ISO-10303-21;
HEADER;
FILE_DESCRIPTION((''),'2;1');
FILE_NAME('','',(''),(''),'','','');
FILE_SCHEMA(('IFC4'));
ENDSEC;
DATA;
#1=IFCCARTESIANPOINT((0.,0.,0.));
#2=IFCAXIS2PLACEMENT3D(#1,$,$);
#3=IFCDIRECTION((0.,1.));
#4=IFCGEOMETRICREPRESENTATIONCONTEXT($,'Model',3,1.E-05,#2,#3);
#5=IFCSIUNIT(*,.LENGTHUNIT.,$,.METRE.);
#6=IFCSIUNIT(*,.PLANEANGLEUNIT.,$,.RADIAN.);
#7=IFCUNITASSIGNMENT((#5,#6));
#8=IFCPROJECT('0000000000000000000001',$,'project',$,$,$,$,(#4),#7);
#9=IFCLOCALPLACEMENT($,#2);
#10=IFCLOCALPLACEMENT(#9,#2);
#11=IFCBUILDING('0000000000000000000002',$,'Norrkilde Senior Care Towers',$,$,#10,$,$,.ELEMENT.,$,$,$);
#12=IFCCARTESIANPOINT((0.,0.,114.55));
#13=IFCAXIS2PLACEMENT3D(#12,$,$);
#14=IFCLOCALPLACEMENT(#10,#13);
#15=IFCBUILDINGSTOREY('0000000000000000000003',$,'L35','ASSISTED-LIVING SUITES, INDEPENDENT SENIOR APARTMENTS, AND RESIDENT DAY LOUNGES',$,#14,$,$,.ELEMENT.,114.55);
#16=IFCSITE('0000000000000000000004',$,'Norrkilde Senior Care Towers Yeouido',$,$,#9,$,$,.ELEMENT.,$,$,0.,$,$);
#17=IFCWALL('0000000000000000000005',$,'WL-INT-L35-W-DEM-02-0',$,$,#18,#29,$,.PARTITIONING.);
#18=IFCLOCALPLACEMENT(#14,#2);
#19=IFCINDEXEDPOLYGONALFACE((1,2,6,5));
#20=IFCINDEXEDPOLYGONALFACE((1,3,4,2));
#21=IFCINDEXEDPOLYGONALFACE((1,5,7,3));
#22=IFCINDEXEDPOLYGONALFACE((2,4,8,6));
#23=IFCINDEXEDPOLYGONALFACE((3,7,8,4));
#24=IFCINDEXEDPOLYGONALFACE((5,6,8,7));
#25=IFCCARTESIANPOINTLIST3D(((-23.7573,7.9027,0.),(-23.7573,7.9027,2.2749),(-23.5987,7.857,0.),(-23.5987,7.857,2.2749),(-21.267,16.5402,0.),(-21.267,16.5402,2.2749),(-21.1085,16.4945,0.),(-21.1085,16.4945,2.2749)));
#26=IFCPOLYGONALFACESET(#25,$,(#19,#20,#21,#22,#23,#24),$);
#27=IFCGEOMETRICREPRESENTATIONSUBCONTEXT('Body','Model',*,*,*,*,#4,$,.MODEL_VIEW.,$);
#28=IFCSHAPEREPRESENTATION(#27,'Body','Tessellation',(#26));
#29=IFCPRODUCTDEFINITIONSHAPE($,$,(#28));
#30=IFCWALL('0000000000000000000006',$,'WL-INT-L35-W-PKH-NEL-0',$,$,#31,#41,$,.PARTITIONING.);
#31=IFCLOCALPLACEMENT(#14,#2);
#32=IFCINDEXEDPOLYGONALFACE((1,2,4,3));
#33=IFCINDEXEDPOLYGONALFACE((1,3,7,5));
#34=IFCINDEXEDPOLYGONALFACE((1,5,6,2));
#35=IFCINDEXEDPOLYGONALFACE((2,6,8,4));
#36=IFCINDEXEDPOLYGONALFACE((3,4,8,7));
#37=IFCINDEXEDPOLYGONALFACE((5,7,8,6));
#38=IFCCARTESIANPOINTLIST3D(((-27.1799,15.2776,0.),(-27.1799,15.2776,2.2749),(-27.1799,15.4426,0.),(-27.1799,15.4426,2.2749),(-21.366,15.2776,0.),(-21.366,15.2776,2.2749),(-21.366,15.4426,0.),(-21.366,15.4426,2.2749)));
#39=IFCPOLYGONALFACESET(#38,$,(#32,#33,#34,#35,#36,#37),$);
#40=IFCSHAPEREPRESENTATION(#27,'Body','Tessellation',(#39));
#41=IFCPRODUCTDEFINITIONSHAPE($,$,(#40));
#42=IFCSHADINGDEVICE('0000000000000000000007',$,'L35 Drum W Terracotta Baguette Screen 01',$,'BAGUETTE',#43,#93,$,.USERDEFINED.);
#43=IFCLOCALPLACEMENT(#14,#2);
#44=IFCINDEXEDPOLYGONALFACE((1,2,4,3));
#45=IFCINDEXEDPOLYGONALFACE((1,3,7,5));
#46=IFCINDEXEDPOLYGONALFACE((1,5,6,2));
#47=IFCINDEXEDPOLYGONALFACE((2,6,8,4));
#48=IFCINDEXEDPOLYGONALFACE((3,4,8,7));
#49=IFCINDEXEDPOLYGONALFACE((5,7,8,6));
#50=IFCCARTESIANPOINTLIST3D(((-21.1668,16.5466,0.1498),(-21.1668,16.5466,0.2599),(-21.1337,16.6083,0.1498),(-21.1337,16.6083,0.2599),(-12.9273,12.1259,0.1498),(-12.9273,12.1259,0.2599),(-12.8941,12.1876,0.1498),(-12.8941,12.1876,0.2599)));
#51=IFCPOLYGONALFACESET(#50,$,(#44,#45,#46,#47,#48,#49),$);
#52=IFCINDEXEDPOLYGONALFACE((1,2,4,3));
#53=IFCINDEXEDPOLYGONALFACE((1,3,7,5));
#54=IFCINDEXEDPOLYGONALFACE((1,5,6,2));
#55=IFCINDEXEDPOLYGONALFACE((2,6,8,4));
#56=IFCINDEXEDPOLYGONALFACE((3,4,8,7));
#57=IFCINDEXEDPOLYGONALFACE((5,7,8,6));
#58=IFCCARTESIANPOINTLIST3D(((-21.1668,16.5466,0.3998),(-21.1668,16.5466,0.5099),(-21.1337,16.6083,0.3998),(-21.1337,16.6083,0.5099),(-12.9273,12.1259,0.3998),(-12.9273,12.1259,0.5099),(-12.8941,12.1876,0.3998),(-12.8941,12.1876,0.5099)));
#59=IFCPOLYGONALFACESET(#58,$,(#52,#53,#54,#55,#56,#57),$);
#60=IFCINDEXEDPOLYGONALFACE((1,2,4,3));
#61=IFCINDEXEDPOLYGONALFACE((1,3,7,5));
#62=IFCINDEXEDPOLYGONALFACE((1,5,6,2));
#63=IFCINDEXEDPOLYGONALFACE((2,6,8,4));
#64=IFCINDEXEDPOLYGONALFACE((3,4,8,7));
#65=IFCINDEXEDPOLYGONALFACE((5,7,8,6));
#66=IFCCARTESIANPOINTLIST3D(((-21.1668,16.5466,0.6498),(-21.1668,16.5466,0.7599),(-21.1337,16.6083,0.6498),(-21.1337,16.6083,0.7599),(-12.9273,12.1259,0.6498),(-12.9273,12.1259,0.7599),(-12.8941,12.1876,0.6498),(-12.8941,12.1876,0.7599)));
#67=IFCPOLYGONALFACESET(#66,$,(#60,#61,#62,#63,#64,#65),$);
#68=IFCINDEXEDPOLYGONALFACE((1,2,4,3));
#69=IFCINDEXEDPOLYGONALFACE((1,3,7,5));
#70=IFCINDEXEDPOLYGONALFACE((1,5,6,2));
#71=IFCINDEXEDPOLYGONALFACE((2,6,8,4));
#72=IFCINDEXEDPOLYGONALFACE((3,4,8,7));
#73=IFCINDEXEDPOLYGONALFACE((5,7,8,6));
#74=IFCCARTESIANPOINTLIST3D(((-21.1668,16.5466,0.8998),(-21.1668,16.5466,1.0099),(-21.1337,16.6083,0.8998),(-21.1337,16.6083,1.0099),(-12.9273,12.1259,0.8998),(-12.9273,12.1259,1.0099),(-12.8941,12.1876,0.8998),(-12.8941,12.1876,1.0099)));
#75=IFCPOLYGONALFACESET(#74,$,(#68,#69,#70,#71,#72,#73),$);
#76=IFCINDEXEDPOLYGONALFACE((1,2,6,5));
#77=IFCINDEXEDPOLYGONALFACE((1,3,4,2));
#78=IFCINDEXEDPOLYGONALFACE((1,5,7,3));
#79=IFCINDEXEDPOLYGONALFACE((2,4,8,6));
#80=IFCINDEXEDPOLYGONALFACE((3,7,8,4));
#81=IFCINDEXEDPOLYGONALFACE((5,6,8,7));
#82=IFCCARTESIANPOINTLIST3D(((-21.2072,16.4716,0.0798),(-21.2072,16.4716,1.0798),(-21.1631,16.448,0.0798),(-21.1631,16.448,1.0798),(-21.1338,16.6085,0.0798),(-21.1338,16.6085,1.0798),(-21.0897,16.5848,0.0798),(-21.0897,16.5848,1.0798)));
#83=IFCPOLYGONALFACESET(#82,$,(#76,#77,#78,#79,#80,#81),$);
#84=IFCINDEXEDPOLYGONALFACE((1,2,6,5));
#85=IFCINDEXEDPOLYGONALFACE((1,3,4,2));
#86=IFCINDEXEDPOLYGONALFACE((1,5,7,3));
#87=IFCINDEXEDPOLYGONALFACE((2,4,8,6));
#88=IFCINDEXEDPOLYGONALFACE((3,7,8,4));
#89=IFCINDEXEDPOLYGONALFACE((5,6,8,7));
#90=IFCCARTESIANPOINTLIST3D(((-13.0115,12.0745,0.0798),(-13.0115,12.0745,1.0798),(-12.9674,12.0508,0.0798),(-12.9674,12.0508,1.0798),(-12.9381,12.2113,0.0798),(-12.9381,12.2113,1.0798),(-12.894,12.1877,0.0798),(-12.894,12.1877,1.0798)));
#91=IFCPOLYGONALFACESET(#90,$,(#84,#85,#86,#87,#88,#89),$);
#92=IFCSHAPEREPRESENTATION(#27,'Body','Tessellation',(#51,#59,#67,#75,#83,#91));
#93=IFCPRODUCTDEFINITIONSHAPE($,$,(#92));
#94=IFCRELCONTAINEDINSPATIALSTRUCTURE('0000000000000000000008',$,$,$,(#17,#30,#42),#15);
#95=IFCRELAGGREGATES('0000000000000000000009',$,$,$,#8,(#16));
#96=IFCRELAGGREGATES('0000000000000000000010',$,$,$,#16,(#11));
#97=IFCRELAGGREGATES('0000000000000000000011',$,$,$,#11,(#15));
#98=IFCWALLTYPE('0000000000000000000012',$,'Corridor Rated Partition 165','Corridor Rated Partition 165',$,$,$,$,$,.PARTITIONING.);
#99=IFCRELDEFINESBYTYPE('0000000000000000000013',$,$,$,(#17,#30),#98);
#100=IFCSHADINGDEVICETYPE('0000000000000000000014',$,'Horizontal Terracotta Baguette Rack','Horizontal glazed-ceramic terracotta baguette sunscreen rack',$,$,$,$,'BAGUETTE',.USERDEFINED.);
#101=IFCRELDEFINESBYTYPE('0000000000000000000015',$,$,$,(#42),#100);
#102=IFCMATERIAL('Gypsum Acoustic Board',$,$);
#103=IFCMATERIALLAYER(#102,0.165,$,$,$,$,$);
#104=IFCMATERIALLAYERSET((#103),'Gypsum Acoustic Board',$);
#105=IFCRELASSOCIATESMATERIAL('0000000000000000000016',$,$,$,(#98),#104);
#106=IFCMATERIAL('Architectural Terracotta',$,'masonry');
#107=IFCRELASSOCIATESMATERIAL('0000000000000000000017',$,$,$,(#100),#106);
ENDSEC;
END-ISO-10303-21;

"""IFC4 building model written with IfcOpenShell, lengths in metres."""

from ifc_helpers import new_model, si_unit, direction, frame, frame_2d, origin, origin_2d, place, context, subcontext, project, spatial, rectangle, extrude, source, transform, mapped, material, layer, layer_set, type_object, type_shapes, element, save


model = new_model("IFC4")

# Units and contexts
model_context = context("Model", 3, precision=1e-05, world=origin(), true_north=direction((0.0, 1.0)))
body_context = subcontext(model_context, "Body", "Model", "MODEL_VIEW")
ifc_project = project(units=[si_unit("LENGTHUNIT", "METRE"), si_unit("PLANEANGLEUNIT", "RADIAN")], contexts=[model_context])

# Site, building, storey
site_placement = place(None, origin())
site = spatial("IfcSite", under=ifc_project, at=site_placement, Name="Norrkilde Senior Care Towers Yeouido", CompositionType="ELEMENT", RefElevation=0.0)
building_placement = place(site_placement, origin())
building = spatial("IfcBuilding", under=site, at=building_placement, Name="Norrkilde Senior Care Towers", CompositionType="ELEMENT")
storey_placement = place(building_placement, frame((0.0, 0.0, 114.55)))
storey = spatial("IfcBuildingStorey", under=building, at=storey_placement, Name="L35", Description="ASSISTED-LIVING SUITES, INDEPENDENT SENIOR APARTMENTS, AND RESIDENT DAY LOUNGES", CompositionType="ELEMENT", Elevation=114.55)

# Shared definitions
ifc_material_1 = material(Name="Gypsum Acoustic Board")
ifc_layer_1 = layer(ifc_material_1, 0.165)
ifc_layer_set_1 = layer_set([ifc_layer_1], Name="Gypsum Acoustic Board")
wall_type = type_object("IfcWallType", Name="Corridor Rated Partition 165", Description="Corridor Rated Partition 165", PredefinedType="PARTITIONING", material=ifc_layer_set_1)

# Walls
shared_shape_1 = source(origin(), body_context, "Body", "SweptSolid", [
    extrude(rectangle(XDim=8.9893, YDim=0.165, at=frame_2d((4.4946, 0.0))), origin(), (0.0, 0.0, 1.0), 2.2749),
])
wall_1_placement = place(storey_placement, frame((-23.678, 7.8799, 0.0), z_axis=(0.0, 0.0, 1.0), x_axis=(0.277023, 0.960863, 0.0)))
element("IfcWall", 1, at=wall_1_placement, inside=storey, type_object=wall_type, Name="WL-INT-L35-W-DEM-02-0", PredefinedType="PARTITIONING", context=body_context, shape_type="MappedRepresentation", body=[
    mapped(shared_shape_1, transform((0.0, 0.0, 0.0), x_axis=(1.0, 0.0, 0.0), y_axis=(0.0, 1.0, 0.0), z_axis=(0.0, 0.0, 1.0), scale=1.0)),
])
shared_shape_2 = source(origin(), body_context, "Body", "SweptSolid", [
    extrude(rectangle(XDim=5.814, YDim=0.165, at=frame_2d((2.907, 0.0))), origin(), (0.0, 0.0, 1.0), 2.2749),
])
wall_2_placement = place(storey_placement, frame((-27.1799, 15.3601, 0.0), z_axis=(0.0, 0.0, 1.0), x_axis=(1.0, 0.0, 0.0)))
element("IfcWall", 2, at=wall_2_placement, inside=storey, type_object=wall_type, Name="WL-INT-L35-W-PKH-NEL-0", PredefinedType="PARTITIONING", context=body_context, shape_type="MappedRepresentation", body=[
    mapped(shared_shape_2, transform((0.0, 0.0, 0.0), x_axis=(1.0, 0.0, 0.0), y_axis=(0.0, 1.0, 0.0), z_axis=(0.0, 0.0, 1.0), scale=1.0)),
])

# Shading device
ifc_material_2 = material(Name="Architectural Terracotta", Category="masonry")
shading_device_type = type_object("IfcShadingDeviceType", Name="Horizontal Terracotta Baguette Rack", Description="Horizontal glazed-ceramic terracotta baguette sunscreen rack", ElementType="BAGUETTE", PredefinedType="USERDEFINED", material=ifc_material_2)
shared_shape_3 = source(origin(), body_context, "Body", "SweptSolid", [
    extrude(rectangle(XDim=0.0701, YDim=0.1101, at=origin_2d()), frame((0.0, 0.0901, 0.125), z_axis=(1.0, 0.0, 0.0), x_axis=(0.0, 1.0, 0.0)), (0.0, 0.0, 1.0), 9.3506),
    extrude(rectangle(XDim=0.0701, YDim=0.1101, at=origin_2d()), frame((0.0, 0.0901, 0.375), z_axis=(1.0, 0.0, 0.0), x_axis=(0.0, 1.0, 0.0)), (0.0, 0.0, 1.0), 9.3506),
    extrude(rectangle(XDim=0.0701, YDim=0.1101, at=origin_2d()), frame((0.0, 0.0901, 0.625), z_axis=(1.0, 0.0, 0.0), x_axis=(0.0, 1.0, 0.0)), (0.0, 0.0, 1.0), 9.3506),
    extrude(rectangle(XDim=0.0701, YDim=0.1101, at=origin_2d()), frame((0.0, 0.0901, 0.875), z_axis=(1.0, 0.0, 0.0), x_axis=(0.0, 1.0, 0.0)), (0.0, 0.0, 1.0), 9.3506),
    extrude(rectangle(XDim=0.05, YDim=0.1553, at=origin_2d()), frame((0.0249, 0.0476, 0.0)), (0.0, 0.0, 1.0), 1.0),
    extrude(rectangle(XDim=0.05, YDim=0.1553, at=origin_2d()), frame((9.3257, 0.0476, 0.0)), (0.0, 0.0, 1.0), 1.0),
])
type_shapes(shading_device_type, [shared_shape_3])
shading_device_placement = place(storey_placement, frame((-21.1929, 16.498, 0.0798), z_axis=(0.0, 0.0, 1.0), x_axis=(0.881175, -0.472768, 0.0)))
element("IfcShadingDevice", 3, at=shading_device_placement, inside=storey, type_object=shading_device_type, Name="L35 Drum W Terracotta Baguette Screen 01", ObjectType="BAGUETTE", PredefinedType="USERDEFINED", context=body_context, shape_type="MappedRepresentation", body=[
    mapped(shared_shape_3, transform((0.0, 0.0, 0.0), x_axis=(1.0, 0.0, 0.0), y_axis=(0.0, 1.0, 0.0), z_axis=(0.0, 0.0, 1.0), scale=1.0)),
])

save(model, "model.ifc")
